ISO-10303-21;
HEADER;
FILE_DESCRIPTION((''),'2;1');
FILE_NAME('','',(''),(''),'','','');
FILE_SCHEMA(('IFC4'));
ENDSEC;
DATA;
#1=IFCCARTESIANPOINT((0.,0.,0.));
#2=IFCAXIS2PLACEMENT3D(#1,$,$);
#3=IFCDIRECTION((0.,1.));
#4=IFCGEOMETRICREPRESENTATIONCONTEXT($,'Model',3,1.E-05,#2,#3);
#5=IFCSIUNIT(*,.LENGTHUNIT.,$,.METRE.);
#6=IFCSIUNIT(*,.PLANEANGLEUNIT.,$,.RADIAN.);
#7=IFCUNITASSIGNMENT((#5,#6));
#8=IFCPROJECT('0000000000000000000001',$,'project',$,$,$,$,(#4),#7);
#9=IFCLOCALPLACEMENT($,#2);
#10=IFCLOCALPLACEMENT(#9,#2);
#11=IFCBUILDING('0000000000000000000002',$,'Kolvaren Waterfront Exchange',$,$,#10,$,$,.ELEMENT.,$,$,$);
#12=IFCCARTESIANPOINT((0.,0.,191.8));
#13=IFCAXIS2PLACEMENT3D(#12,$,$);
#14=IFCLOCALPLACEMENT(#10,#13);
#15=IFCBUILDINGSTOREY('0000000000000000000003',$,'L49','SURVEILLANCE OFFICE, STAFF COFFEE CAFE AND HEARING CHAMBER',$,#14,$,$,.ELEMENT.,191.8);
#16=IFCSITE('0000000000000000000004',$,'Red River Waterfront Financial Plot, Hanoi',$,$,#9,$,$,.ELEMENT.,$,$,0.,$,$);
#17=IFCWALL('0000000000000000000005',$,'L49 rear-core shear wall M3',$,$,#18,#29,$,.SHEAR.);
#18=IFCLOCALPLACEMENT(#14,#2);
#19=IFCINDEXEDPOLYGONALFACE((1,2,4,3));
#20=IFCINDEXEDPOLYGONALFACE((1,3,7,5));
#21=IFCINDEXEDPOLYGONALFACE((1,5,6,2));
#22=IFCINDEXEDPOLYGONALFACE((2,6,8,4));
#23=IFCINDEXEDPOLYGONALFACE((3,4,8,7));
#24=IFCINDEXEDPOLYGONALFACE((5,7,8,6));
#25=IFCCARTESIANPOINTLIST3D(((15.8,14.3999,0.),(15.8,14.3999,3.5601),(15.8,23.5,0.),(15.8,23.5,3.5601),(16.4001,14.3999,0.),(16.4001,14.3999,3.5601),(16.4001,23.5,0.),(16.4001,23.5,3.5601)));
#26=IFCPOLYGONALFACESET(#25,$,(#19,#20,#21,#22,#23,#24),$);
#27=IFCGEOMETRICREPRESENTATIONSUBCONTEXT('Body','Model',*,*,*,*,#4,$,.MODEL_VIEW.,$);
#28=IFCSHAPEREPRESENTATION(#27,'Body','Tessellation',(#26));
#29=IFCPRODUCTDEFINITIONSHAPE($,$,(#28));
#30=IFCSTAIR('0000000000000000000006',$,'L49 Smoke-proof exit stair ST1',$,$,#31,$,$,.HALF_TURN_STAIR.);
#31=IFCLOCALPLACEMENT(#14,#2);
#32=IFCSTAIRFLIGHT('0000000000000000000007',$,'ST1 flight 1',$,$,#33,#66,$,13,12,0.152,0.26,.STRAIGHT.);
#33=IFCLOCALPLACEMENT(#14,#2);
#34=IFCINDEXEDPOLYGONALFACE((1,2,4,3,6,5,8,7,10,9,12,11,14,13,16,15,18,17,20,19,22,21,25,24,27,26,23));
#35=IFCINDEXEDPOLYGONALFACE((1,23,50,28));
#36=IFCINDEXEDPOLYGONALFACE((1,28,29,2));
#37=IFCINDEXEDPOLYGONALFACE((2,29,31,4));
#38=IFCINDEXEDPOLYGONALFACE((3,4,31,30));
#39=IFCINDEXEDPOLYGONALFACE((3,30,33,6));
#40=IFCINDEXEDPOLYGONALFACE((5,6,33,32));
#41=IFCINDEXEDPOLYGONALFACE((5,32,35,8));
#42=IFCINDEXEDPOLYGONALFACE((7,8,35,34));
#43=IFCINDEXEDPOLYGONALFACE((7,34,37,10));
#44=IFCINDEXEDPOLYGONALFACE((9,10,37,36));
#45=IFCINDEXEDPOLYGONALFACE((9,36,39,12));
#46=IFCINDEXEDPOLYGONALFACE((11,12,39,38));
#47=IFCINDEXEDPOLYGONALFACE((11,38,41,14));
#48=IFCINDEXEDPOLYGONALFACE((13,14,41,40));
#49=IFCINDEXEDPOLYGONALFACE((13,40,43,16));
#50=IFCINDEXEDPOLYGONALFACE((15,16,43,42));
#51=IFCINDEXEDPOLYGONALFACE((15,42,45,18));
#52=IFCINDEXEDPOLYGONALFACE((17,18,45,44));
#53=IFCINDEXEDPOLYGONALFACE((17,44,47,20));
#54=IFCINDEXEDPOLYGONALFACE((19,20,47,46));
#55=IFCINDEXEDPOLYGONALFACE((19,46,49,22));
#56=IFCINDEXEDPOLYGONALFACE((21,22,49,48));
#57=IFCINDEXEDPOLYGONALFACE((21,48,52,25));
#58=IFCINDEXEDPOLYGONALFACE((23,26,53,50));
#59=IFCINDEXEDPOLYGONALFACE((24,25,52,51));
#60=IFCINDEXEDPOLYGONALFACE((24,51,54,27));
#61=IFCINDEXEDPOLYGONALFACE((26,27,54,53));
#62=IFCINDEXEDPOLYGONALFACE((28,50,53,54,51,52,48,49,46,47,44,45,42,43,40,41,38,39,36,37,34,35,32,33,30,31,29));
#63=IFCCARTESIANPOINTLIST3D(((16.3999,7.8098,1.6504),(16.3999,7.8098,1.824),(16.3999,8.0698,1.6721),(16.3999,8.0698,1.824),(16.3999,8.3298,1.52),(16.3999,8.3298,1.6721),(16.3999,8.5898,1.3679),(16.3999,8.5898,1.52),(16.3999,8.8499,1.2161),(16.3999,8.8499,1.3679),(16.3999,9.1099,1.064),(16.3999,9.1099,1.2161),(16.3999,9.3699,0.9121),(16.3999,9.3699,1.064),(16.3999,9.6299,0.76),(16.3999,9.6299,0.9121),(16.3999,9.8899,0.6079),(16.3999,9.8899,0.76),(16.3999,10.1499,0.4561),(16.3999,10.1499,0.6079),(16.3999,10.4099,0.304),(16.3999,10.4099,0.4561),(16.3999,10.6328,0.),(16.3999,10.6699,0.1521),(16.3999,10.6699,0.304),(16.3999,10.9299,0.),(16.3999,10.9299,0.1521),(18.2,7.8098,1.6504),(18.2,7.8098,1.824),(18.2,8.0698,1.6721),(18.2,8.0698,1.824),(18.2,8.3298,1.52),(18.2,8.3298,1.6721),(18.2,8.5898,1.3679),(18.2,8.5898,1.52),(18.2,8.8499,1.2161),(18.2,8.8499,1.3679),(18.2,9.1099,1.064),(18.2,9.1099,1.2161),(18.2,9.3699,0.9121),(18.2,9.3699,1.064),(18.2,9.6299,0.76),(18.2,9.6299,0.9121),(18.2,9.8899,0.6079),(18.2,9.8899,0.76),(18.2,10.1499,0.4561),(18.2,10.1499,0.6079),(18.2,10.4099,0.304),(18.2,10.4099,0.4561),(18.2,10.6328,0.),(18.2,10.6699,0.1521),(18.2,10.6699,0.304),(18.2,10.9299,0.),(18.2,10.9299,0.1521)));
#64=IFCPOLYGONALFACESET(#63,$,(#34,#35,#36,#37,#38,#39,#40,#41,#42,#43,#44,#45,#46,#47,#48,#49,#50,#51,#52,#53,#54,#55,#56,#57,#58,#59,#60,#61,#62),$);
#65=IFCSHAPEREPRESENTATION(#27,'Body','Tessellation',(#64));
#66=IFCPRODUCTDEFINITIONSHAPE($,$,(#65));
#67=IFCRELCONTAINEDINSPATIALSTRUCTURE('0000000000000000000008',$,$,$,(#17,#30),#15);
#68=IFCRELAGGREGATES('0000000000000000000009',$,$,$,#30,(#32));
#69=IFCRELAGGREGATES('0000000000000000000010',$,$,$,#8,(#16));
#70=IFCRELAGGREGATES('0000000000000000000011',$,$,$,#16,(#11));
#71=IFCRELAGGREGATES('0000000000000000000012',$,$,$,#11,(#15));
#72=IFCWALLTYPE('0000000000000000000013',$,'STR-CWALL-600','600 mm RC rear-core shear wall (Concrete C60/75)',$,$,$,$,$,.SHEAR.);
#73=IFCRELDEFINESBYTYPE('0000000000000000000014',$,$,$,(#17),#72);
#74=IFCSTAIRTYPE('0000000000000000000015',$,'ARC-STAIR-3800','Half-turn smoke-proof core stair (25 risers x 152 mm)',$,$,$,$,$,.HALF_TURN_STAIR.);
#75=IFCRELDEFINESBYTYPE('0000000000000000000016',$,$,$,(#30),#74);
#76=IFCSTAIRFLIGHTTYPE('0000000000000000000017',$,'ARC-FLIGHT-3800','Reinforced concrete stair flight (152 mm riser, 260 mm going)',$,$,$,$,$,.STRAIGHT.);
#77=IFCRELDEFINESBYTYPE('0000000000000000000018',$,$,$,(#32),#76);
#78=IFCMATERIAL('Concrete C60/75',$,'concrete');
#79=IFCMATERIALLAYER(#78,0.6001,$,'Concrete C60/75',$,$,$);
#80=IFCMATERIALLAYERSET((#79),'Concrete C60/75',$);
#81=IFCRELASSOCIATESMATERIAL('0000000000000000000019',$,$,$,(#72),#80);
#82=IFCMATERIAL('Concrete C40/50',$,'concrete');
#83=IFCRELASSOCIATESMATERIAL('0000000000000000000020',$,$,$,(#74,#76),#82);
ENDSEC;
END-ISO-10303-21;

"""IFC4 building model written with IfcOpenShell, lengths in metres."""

from ifc_helpers import new_model, si_unit, direction, frame, frame_2d, origin, place, context, subcontext, project, spatial, polyline, rectangle, outline, extrude, material, layer, layer_set, type_object, element, aggregate, save


model = new_model("IFC4")

# Units and contexts
model_context = context("Model", 3, precision=1e-05, world=origin(), true_north=direction((0.0, 1.0)))
body_context = subcontext(model_context, "Body", "Model", "MODEL_VIEW")
ifc_project = project(units=[si_unit("LENGTHUNIT", "METRE"), si_unit("PLANEANGLEUNIT", "RADIAN")], contexts=[model_context])

# Site, building, storey
site_placement = place(None, origin())
site = spatial("IfcSite", under=ifc_project, at=site_placement, Name="Red River Waterfront Financial Plot, Hanoi", CompositionType="ELEMENT", RefElevation=0.0)
building_placement = place(site_placement, origin())
building = spatial("IfcBuilding", under=site, at=building_placement, Name="Kolvaren Waterfront Exchange", CompositionType="ELEMENT")
storey_placement = place(building_placement, frame((0.0, 0.0, 191.8)))
storey = spatial("IfcBuildingStorey", under=building, at=storey_placement, Name="L49", Description="SURVEILLANCE OFFICE, STAFF COFFEE CAFE AND HEARING CHAMBER", CompositionType="ELEMENT", Elevation=191.8)

# Shared definitions
ifc_material_1 = material(Name="Concrete C60/75", Category="concrete")

# Wall
ifc_material_2 = material(Name="Concrete C40/50", Category="concrete")
ifc_layer_1 = layer(ifc_material_1, 0.6001, Name="Concrete C60/75")
ifc_layer_set_1 = layer_set([ifc_layer_1], Name="Concrete C60/75")
wall_type_1 = type_object("IfcWallType", Name="STR-CWALL-600", Description="600 mm RC rear-core shear wall (Concrete C60/75)", PredefinedType="SHEAR", material=ifc_layer_set_1)
wall_1_placement = place(storey_placement, frame((16.1001, 14.3999, 0.0), z_axis=(0.0, 0.0, 1.0), x_axis=(0.0, 1.0, 0.0)))
element("IfcWall", 1, at=wall_1_placement, inside=storey, type_object=wall_type_1, Name="L49 rear-core shear wall M3", PredefinedType="SHEAR", context=body_context, shape_type="SweptSolid", body=[
    extrude(rectangle(XDim=9.1001, YDim=0.6001, at=frame_2d((4.55, 0.0))), origin(), (0.0, 0.0, 1.0), 3.5601),
])

# Stair, stair flight
stair_type = type_object("IfcStairType", Name="ARC-STAIR-3800", Description="Half-turn smoke-proof core stair (25 risers x 152 mm)", PredefinedType="HALF_TURN_STAIR", material=ifc_material_2)
stair_placement = place(storey_placement, origin())
stair = element("IfcStair", 2, at=stair_placement, inside=storey, type_object=stair_type, Name="L49 Smoke-proof exit stair ST1", PredefinedType="HALF_TURN_STAIR")
stair_flight_type = type_object("IfcStairFlightType", Name="ARC-FLIGHT-3800", Description="Reinforced concrete stair flight (152 mm riser, 260 mm going)", PredefinedType="STRAIGHT", material=ifc_material_2)
stair_flight_placement = place(storey_placement, frame((17.3, 10.9299, 0.0), z_axis=(0.0, 0.0, 1.0), x_axis=(0.0, -1.0, 0.0)))
stair_flight = element("IfcStairFlight", 3, at=stair_flight_placement, type_object=stair_flight_type, Name="ST1 flight 1", NumberOfRisers=13, NumberOfTreads=12, PredefinedType="STRAIGHT", RiserHeight=0.152, TreadLength=0.26, context=body_context, shape_type="SweptSolid", body=[
    extrude(outline(polyline([(0.0, 0.0), (0.0, 0.1521), (0.26, 0.1521), (0.26, 0.304), (0.52, 0.304), (0.52, 0.4561), (0.78, 0.4561), (0.78, 0.6079), (1.04, 0.6079), (1.04, 0.76), (1.3, 0.76), (1.3, 0.9121), (1.5601, 0.9121), (1.5601, 1.064), (1.8201, 1.064), (1.8201, 1.2161), (2.0801, 1.2161), (2.0801, 1.3679), (2.3401, 1.3679), (2.3401, 1.52), (2.6001, 1.52), (2.6001, 1.6721), (2.8601, 1.6721), (2.8601, 1.824), (3.1201, 1.824), (3.1201, 1.9761), (3.1201, 1.6504), (0.2971, 0.0), (0.0, 0.0)])), frame((0.0, 0.8999, 0.0), z_axis=(0.0, -1.0, 0.0), x_axis=(1.0, 0.0, 0.0)), (0.0, 0.0, 1.0), 1.8),
])
aggregate(stair, [stair_flight])

save(model, "model.ifc")
